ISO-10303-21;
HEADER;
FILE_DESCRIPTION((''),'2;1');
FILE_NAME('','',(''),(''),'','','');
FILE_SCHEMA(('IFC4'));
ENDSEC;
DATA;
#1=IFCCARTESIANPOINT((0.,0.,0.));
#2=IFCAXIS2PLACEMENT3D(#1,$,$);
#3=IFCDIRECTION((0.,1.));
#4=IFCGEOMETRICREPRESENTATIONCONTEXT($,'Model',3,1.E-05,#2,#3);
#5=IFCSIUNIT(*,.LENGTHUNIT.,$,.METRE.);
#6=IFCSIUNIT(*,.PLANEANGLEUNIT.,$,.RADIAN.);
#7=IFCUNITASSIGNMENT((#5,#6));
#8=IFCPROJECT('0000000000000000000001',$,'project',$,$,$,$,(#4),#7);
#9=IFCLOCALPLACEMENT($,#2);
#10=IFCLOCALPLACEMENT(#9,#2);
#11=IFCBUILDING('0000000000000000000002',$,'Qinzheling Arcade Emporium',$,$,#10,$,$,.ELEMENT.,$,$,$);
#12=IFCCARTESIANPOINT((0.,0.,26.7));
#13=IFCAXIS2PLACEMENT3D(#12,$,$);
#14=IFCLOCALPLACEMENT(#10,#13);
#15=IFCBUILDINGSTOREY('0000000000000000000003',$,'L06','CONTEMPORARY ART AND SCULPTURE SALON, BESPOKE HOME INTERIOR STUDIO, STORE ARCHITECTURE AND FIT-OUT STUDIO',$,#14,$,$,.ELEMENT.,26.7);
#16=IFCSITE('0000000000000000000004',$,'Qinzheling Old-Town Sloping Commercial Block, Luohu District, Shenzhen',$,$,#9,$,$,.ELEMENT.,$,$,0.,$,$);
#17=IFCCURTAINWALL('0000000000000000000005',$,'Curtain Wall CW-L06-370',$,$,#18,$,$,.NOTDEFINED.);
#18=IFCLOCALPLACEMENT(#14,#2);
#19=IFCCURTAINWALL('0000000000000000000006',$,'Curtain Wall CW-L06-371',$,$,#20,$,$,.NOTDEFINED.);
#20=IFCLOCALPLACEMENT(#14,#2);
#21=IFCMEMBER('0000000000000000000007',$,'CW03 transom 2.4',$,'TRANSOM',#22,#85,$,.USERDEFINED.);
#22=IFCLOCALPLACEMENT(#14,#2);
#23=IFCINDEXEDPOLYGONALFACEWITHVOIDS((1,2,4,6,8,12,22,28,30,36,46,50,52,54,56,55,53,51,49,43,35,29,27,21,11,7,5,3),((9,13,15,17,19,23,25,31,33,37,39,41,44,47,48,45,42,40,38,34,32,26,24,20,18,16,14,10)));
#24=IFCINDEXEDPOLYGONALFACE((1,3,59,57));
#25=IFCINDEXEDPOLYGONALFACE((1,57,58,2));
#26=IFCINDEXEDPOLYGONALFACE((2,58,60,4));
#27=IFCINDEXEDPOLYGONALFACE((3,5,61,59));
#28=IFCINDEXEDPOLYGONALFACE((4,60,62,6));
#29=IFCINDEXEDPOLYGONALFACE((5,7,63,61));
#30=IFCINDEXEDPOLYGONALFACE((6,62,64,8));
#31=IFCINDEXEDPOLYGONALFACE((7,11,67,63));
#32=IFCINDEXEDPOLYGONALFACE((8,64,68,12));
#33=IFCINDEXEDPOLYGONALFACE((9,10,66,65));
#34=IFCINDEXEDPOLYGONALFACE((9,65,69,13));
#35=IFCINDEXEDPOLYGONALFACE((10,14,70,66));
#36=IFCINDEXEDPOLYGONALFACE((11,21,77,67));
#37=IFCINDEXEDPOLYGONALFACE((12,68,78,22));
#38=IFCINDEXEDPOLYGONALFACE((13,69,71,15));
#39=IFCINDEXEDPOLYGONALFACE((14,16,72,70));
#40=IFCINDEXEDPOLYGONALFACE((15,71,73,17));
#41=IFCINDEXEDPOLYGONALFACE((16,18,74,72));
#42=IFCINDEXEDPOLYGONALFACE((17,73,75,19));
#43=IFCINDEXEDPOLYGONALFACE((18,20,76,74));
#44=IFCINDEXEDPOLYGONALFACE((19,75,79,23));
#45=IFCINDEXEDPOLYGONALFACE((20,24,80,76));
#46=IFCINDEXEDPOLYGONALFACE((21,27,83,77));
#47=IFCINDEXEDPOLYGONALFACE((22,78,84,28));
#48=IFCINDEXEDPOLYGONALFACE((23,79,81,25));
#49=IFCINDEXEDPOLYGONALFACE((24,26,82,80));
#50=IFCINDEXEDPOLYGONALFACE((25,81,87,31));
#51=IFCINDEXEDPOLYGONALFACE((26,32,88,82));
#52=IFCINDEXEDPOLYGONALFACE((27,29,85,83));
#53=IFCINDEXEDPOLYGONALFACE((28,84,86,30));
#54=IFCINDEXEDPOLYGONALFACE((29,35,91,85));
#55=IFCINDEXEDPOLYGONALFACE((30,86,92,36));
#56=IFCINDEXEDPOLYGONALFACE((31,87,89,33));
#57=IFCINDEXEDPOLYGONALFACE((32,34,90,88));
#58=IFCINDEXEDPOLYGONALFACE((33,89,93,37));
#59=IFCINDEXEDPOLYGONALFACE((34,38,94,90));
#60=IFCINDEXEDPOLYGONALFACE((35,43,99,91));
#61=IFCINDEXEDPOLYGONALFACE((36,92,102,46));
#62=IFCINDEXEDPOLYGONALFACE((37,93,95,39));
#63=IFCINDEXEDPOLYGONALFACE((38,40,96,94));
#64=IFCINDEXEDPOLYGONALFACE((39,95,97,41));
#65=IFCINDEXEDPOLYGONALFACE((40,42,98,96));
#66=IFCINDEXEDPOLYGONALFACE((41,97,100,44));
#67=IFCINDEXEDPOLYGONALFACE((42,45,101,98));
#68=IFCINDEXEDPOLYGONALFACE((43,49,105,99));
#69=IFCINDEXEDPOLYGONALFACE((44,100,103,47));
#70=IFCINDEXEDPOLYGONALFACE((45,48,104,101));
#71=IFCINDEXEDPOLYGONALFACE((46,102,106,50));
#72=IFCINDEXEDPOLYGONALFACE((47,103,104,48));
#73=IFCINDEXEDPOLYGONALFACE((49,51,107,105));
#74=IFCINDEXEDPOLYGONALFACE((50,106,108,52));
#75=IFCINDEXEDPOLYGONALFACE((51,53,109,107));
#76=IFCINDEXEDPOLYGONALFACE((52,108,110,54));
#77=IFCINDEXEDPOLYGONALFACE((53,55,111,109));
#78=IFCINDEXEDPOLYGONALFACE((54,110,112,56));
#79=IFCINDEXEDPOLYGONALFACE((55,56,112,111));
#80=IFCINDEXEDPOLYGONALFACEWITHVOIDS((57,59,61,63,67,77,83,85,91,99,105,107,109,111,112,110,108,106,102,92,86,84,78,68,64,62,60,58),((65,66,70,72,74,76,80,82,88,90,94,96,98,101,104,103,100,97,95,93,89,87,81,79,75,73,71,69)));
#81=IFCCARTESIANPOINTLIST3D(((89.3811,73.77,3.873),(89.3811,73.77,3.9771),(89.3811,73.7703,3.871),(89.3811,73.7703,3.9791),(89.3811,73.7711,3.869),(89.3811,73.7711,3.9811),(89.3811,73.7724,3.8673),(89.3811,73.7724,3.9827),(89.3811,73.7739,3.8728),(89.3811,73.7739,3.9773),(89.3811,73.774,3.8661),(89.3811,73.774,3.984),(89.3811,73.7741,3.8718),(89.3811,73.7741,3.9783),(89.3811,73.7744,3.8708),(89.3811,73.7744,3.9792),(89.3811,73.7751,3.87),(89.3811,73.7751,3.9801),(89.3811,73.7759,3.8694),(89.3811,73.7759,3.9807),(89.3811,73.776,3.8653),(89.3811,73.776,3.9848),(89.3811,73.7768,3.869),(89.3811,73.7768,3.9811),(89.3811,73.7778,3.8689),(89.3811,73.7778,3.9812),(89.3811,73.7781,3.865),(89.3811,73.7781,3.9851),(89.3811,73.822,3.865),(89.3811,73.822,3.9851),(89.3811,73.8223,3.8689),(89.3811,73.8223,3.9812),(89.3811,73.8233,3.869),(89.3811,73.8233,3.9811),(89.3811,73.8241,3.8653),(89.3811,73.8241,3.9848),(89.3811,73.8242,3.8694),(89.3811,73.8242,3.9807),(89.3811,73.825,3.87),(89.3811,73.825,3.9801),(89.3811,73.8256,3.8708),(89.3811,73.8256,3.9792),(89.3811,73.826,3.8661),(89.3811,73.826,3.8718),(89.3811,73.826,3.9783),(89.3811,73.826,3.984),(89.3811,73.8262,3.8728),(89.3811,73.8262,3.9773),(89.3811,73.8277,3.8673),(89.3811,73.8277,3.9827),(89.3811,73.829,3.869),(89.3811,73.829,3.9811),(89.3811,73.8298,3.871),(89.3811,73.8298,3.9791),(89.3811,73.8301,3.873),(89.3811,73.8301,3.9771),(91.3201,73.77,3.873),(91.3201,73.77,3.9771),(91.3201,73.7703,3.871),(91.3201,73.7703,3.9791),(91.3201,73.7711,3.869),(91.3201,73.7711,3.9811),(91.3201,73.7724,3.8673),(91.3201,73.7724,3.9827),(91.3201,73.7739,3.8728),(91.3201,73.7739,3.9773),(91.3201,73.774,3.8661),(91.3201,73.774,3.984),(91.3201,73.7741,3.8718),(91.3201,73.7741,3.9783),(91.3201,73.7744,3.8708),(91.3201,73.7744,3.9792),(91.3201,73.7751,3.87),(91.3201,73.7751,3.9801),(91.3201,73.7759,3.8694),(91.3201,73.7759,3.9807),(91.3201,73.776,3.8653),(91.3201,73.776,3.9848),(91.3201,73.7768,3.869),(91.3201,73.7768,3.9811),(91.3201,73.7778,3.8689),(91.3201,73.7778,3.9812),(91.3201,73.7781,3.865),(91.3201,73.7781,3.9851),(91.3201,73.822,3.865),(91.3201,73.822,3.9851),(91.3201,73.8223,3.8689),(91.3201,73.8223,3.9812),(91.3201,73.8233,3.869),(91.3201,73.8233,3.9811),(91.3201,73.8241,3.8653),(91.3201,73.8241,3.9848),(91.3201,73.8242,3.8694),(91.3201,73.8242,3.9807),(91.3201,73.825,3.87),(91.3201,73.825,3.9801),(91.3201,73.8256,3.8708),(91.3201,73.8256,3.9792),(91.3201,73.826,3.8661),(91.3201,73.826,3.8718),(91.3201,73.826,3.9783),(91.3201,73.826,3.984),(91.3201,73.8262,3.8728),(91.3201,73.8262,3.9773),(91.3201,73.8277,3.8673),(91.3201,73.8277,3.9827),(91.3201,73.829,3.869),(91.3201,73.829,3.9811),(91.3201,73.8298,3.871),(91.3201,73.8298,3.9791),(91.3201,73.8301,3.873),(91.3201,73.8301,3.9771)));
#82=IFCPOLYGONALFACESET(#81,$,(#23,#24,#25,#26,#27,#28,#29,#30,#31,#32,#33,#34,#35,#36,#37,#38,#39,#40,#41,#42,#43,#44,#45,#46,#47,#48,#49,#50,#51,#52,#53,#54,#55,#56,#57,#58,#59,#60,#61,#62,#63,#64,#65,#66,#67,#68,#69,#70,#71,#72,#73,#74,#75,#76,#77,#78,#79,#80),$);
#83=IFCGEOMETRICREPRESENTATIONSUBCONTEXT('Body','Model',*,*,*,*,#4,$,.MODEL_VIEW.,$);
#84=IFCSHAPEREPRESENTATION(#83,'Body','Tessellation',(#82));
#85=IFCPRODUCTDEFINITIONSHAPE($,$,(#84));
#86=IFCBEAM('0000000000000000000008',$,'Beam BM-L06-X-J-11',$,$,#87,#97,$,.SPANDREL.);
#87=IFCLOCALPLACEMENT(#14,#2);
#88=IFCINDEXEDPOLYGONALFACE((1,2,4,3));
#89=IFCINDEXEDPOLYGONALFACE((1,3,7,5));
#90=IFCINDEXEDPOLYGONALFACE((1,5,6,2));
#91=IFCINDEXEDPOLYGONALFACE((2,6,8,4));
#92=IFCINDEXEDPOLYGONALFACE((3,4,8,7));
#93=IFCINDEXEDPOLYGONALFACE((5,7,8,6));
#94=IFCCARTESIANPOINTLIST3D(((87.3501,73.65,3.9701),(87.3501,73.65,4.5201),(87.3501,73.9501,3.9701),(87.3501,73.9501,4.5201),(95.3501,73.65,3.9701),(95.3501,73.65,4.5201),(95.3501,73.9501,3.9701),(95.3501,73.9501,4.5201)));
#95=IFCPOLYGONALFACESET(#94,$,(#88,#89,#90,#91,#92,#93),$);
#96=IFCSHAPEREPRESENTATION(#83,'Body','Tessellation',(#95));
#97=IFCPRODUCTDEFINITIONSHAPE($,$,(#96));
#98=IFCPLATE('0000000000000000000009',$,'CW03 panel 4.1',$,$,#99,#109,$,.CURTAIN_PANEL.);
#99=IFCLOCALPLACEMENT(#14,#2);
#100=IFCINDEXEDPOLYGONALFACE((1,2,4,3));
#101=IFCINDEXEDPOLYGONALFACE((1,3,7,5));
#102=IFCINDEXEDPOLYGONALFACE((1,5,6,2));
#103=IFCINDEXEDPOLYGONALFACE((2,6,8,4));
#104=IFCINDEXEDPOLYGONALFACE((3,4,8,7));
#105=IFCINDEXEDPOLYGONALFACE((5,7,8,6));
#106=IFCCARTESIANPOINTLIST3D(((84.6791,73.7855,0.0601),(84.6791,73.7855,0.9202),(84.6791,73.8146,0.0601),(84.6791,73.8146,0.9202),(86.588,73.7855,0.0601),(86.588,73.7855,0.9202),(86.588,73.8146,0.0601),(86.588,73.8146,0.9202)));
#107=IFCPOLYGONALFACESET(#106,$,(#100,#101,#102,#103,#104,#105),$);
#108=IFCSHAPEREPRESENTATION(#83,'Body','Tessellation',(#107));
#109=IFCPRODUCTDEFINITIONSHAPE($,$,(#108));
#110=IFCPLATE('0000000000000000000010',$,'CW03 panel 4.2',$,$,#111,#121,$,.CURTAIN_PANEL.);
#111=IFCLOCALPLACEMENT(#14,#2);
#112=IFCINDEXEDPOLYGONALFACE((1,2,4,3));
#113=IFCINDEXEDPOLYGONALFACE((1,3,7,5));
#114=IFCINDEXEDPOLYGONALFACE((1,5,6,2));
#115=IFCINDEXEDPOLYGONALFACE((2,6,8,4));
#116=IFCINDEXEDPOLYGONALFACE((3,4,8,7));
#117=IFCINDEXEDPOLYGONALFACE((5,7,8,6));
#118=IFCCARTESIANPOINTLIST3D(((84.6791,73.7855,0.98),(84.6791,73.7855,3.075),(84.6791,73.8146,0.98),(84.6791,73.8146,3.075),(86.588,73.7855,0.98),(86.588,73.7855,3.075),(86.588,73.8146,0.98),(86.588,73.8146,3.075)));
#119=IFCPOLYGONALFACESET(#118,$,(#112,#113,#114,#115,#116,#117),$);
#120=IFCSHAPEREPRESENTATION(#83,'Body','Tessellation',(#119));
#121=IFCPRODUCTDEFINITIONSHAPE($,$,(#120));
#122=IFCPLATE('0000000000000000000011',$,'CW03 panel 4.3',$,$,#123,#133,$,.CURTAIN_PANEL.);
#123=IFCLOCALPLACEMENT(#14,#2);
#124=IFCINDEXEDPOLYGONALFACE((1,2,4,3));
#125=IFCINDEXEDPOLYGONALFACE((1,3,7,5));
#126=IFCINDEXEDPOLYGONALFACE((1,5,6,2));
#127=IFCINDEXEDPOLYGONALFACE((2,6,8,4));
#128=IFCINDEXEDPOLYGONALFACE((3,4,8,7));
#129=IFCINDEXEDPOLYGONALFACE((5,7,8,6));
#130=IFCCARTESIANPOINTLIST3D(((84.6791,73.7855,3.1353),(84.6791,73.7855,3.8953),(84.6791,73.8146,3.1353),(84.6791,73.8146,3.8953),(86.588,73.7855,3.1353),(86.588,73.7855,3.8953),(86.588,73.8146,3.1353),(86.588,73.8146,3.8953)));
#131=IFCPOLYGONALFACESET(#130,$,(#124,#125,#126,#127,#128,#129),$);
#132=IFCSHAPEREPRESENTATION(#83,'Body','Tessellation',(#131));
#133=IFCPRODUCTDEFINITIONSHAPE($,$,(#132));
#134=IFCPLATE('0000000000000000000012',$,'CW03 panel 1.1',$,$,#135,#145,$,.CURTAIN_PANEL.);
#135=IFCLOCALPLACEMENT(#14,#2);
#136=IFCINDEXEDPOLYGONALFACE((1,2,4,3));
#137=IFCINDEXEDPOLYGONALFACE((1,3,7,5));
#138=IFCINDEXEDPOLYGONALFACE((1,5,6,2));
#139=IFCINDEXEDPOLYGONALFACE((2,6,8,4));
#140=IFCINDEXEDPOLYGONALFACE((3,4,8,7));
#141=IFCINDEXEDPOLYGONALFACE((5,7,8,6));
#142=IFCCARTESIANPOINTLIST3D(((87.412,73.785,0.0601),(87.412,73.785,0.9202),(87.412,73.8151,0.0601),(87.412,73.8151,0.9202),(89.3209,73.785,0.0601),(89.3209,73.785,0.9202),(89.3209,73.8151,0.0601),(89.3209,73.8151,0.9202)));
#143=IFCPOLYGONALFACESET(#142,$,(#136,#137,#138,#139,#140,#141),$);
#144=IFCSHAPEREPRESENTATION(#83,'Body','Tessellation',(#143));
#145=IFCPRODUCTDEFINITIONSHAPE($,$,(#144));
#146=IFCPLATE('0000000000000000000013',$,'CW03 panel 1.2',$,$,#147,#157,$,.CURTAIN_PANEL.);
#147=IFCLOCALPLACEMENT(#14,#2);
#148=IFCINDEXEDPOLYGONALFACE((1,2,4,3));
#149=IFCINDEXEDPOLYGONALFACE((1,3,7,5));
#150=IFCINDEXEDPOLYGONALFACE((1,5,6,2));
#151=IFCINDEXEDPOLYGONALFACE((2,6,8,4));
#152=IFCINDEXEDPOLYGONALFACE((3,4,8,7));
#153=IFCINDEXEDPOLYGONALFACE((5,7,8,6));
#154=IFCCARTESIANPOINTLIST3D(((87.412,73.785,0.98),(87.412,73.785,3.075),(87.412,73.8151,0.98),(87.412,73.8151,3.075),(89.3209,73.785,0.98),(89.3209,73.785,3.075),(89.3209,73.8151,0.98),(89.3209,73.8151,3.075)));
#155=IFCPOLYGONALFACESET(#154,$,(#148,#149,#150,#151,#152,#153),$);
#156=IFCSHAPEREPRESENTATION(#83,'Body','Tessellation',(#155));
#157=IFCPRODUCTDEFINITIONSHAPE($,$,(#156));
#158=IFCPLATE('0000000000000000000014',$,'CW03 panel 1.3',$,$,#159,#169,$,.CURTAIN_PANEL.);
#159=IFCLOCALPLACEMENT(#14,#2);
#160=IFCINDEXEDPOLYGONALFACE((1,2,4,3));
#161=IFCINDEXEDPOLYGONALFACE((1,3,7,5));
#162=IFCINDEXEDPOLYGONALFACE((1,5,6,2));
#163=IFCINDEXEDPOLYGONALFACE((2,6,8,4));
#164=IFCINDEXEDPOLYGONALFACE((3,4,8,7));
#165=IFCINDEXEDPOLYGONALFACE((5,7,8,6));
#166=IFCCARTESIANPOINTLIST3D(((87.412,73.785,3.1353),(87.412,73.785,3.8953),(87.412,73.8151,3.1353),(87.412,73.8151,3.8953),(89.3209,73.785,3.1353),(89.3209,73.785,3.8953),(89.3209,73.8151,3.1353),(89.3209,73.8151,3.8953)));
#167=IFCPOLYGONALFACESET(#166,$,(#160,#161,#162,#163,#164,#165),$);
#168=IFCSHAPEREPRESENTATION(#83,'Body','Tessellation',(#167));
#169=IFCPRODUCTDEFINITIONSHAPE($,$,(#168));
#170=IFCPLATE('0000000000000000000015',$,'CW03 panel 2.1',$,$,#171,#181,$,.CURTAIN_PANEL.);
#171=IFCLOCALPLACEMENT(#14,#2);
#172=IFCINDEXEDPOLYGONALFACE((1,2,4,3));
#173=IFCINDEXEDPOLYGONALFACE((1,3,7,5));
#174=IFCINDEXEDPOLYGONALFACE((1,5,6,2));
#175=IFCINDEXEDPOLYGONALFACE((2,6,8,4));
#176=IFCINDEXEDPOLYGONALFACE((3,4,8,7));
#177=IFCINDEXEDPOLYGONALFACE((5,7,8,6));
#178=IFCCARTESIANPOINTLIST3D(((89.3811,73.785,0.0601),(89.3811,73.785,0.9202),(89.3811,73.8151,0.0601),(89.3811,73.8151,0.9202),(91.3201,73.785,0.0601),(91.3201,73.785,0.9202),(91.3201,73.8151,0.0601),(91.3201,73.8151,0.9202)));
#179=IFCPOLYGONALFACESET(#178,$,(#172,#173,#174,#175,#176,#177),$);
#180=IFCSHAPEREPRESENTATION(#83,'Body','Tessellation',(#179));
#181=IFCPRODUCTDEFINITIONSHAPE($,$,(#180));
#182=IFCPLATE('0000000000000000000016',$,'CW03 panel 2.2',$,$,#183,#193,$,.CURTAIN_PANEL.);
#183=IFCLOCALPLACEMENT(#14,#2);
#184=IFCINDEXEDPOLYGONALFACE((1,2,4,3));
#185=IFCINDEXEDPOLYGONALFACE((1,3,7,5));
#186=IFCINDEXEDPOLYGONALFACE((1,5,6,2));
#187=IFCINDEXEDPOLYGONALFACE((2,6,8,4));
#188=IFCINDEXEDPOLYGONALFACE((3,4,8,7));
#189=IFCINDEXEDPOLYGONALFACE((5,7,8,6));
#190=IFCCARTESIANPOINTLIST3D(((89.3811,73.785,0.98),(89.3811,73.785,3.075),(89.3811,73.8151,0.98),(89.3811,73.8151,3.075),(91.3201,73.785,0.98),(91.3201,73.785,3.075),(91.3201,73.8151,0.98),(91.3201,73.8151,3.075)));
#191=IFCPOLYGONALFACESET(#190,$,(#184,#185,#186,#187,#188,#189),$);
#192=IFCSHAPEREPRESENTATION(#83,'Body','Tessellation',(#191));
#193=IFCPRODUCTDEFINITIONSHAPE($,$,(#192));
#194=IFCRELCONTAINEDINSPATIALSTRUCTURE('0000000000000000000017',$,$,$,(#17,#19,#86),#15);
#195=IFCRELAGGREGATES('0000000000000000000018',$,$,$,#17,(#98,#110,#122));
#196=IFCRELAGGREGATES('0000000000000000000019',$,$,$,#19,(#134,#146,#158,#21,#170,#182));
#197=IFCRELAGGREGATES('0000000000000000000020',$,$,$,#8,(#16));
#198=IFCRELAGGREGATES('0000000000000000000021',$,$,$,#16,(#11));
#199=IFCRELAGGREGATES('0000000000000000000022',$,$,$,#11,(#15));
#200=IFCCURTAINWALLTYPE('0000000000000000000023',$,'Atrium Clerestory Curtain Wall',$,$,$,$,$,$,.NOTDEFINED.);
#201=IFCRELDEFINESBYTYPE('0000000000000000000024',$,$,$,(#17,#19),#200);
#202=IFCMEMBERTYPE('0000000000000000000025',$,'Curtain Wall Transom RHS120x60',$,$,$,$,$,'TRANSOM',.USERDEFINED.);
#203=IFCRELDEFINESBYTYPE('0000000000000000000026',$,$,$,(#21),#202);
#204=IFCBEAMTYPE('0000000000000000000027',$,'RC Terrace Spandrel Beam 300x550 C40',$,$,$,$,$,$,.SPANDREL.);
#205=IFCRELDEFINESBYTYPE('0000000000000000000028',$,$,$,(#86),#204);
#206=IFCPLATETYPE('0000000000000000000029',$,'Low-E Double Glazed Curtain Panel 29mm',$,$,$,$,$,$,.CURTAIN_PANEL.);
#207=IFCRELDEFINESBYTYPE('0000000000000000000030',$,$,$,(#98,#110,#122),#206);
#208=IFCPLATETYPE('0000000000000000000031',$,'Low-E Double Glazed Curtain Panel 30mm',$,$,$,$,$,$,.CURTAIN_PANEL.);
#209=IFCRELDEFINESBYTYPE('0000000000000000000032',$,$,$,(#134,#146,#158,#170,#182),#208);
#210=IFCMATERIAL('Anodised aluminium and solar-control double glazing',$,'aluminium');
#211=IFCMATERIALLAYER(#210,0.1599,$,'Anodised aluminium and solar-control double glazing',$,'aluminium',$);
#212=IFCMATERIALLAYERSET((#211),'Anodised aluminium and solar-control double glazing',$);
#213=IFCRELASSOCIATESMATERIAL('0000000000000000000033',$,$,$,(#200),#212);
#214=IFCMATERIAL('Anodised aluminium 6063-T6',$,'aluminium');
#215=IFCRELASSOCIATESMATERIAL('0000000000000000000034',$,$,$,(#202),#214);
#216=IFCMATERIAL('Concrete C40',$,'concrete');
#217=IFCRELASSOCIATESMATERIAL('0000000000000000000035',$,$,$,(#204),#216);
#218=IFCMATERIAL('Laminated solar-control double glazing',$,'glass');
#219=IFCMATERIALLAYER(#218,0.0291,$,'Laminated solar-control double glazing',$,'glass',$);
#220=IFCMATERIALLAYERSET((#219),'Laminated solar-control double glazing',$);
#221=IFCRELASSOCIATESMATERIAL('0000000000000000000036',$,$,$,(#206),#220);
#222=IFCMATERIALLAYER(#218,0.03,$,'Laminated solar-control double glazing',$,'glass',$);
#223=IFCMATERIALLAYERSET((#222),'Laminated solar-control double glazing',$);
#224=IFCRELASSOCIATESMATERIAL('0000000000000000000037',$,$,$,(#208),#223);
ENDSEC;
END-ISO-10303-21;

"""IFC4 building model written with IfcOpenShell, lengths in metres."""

from ifc_helpers import new_model, si_unit, direction, frame, origin, origin_2d, place, context, subcontext, project, spatial, rectangle, hollow_rectangle, extrude, material, layer, layer_set, material_profile, profile_set, type_object, element, aggregate, save


model = new_model("IFC4")

# Units and contexts
model_context = context("Model", 3, precision=1e-05, world=origin(), true_north=direction((0.0, 1.0)))
body_context = subcontext(model_context, "Body", "Model", "MODEL_VIEW")
ifc_project = project(units=[si_unit("LENGTHUNIT", "METRE"), si_unit("PLANEANGLEUNIT", "RADIAN")], contexts=[model_context])

# Site, building, storey
site_placement = place(None, origin())
site = spatial("IfcSite", under=ifc_project, at=site_placement, Name="Qinzheling Old-Town Sloping Commercial Block, Luohu District, Shenzhen", CompositionType="ELEMENT", RefElevation=0.0)
building_placement = place(site_placement, origin())
building = spatial("IfcBuilding", under=site, at=building_placement, Name="Qinzheling Arcade Emporium", CompositionType="ELEMENT")
storey_placement = place(building_placement, frame((0.0, 0.0, 26.7)))
storey = spatial("IfcBuildingStorey", under=building, at=storey_placement, Name="L06", Description="CONTEMPORARY ART AND SCULPTURE SALON, BESPOKE HOME INTERIOR STUDIO, STORE ARCHITECTURE AND FIT-OUT STUDIO", CompositionType="ELEMENT", Elevation=26.7)

# Shared definitions
ifc_material_1 = material(Name="Concrete C40", Category="concrete")

# Curtain wall
ifc_material_2 = material(Name="Anodised aluminium and solar-control double glazing", Category="aluminium")
ifc_layer_1 = layer(ifc_material_2, 0.1599, Name="Anodised aluminium and solar-control double glazing", Category="aluminium")
ifc_layer_set_1 = layer_set([ifc_layer_1], Name="Anodised aluminium and solar-control double glazing")
curtain_wall_type = type_object("IfcCurtainWallType", Name="Atrium Clerestory Curtain Wall", PredefinedType="NOTDEFINED", material=ifc_layer_set_1)
curtain_wall_1_placement = place(storey_placement, origin())
curtain_wall_1 = element("IfcCurtainWall", 1, at=curtain_wall_1_placement, inside=storey, type_object=curtain_wall_type, Name="Curtain Wall CW-L06-370", PredefinedType="NOTDEFINED")
ifc_material_3 = material(Name="Anodised aluminium 6063-T6", Category="aluminium")

# Curtain wall
curtain_wall_2_placement = place(storey_placement, origin())
curtain_wall_2 = element("IfcCurtainWall", 2, at=curtain_wall_2_placement, inside=storey, type_object=curtain_wall_type, Name="Curtain Wall CW-L06-371", PredefinedType="NOTDEFINED")

# Member
ifc_material_profile_1 = material_profile(ifc_material_3, hollow_rectangle(XDim=0.0601, YDim=0.1201, WallThickness=0.0039, InnerFilletRadius=0.0039, OuterFilletRadius=0.0081, at=origin_2d()), Name="RHS 120x60x4", Category="aluminium")
ifc_profile_set_1 = profile_set([ifc_material_profile_1], Name="Anodised aluminium 6063-T6")
member_type_1 = type_object("IfcMemberType", Name="Curtain Wall Transom RHS120x60", ElementType="TRANSOM", PredefinedType="USERDEFINED", material=ifc_profile_set_1)
member_1_placement = place(storey_placement, frame((89.3811, 73.8, 3.925), z_axis=(1.0, 0.0, 0.0), x_axis=(0.0, 1.0, 0.0)))
member_1 = element("IfcMember", 3, at=member_1_placement, type_object=member_type_1, Name="CW03 transom 2.4", ObjectType="TRANSOM", PredefinedType="USERDEFINED", context=body_context, shape_type="SweptSolid", body=[
    extrude(hollow_rectangle(XDim=0.0601, YDim=0.1201, WallThickness=0.0039, InnerFilletRadius=0.0039, OuterFilletRadius=0.0081, at=origin_2d()), origin(), (0.0, 0.0, 1.0), 1.939),
])

# Beam
ifc_material_profile_2 = material_profile(ifc_material_1, rectangle(XDim=0.3, YDim=0.55, at=origin_2d()), Name="RC 300x550", Category="concrete")
ifc_profile_set_2 = profile_set([ifc_material_profile_2], Name="Concrete C40")
beam_type = type_object("IfcBeamType", Name="RC Terrace Spandrel Beam 300x550 C40", PredefinedType="SPANDREL", material=ifc_profile_set_2)
beam_placement = place(storey_placement, frame((87.3501, 73.8, 4.2451), z_axis=(1.0, 0.0, 0.0), x_axis=(0.0, 1.0, 0.0)))
element("IfcBeam", 4, at=beam_placement, inside=storey, type_object=beam_type, Name="Beam BM-L06-X-J-11", PredefinedType="SPANDREL", context=body_context, shape_type="SweptSolid", body=[
    extrude(rectangle(XDim=0.3, YDim=0.55, at=origin_2d()), origin(), (0.0, 0.0, 1.0), 8.0),
])

# Plates
ifc_material_4 = material(Name="Laminated solar-control double glazing", Category="glass")
ifc_layer_2 = layer(ifc_material_4, 0.0291, Name="Laminated solar-control double glazing", Category="glass")
ifc_layer_set_2 = layer_set([ifc_layer_2], Name="Laminated solar-control double glazing")
plate_type_1 = type_object("IfcPlateType", Name="Low-E Double Glazed Curtain Panel 29mm", PredefinedType="CURTAIN_PANEL", material=ifc_layer_set_2)
plate_1_placement = place(storey_placement, frame((85.6335, 73.8, 0.0601), z_axis=(0.0, 0.0, 1.0), x_axis=(1.0, 0.0, 0.0)))
plate_1 = element("IfcPlate", 5, at=plate_1_placement, type_object=plate_type_1, Name="CW03 panel 4.1", PredefinedType="CURTAIN_PANEL", context=body_context, shape_type="SweptSolid", body=[
    extrude(rectangle(XDim=1.9089, YDim=0.0291, at=origin_2d()), origin(), (0.0, 0.0, 1.0), 0.8601),
])
plate_2_placement = place(storey_placement, frame((85.6335, 73.8, 0.98), z_axis=(0.0, 0.0, 1.0), x_axis=(1.0, 0.0, 0.0)))
plate_2 = element("IfcPlate", 6, at=plate_2_placement, type_object=plate_type_1, Name="CW03 panel 4.2", PredefinedType="CURTAIN_PANEL", context=body_context, shape_type="SweptSolid", body=[
    extrude(rectangle(XDim=1.9089, YDim=0.0291, at=origin_2d()), origin(), (0.0, 0.0, 1.0), 2.095),
])
plate_3_placement = place(storey_placement, frame((85.6335, 73.8, 3.1353), z_axis=(0.0, 0.0, 1.0), x_axis=(1.0, 0.0, 0.0)))
plate_3 = element("IfcPlate", 7, at=plate_3_placement, type_object=plate_type_1, Name="CW03 panel 4.3", PredefinedType="CURTAIN_PANEL", context=body_context, shape_type="SweptSolid", body=[
    extrude(rectangle(XDim=1.9089, YDim=0.0291, at=origin_2d()), origin(), (0.0, 0.0, 1.0), 0.76),
])
aggregate(curtain_wall_1, [plate_1, plate_2, plate_3])
ifc_layer_3 = layer(ifc_material_4, 0.03, Name="Laminated solar-control double glazing", Category="glass")
ifc_layer_set_3 = layer_set([ifc_layer_3], Name="Laminated solar-control double glazing")
plate_type_2 = type_object("IfcPlateType", Name="Low-E Double Glazed Curtain Panel 30mm", PredefinedType="CURTAIN_PANEL", material=ifc_layer_set_3)
plate_4_placement = place(storey_placement, frame((88.3665, 73.8, 0.0601), z_axis=(0.0, 0.0, 1.0), x_axis=(1.0, 0.0, 0.0)))
plate_4 = element("IfcPlate", 8, at=plate_4_placement, type_object=plate_type_2, Name="CW03 panel 1.1", PredefinedType="CURTAIN_PANEL", context=body_context, shape_type="SweptSolid", body=[
    extrude(rectangle(XDim=1.9089, YDim=0.03, at=origin_2d()), origin(), (0.0, 0.0, 1.0), 0.8601),
])
plate_5_placement = place(storey_placement, frame((88.3665, 73.8, 0.98), z_axis=(0.0, 0.0, 1.0), x_axis=(1.0, 0.0, 0.0)))
plate_5 = element("IfcPlate", 9, at=plate_5_placement, type_object=plate_type_2, Name="CW03 panel 1.2", PredefinedType="CURTAIN_PANEL", context=body_context, shape_type="SweptSolid", body=[
    extrude(rectangle(XDim=1.9089, YDim=0.03, at=origin_2d()), origin(), (0.0, 0.0, 1.0), 2.095),
])
plate_6_placement = place(storey_placement, frame((88.3665, 73.8, 3.1353), z_axis=(0.0, 0.0, 1.0), x_axis=(1.0, 0.0, 0.0)))
plate_6 = element("IfcPlate", 10, at=plate_6_placement, type_object=plate_type_2, Name="CW03 panel 1.3", PredefinedType="CURTAIN_PANEL", context=body_context, shape_type="SweptSolid", body=[
    extrude(rectangle(XDim=1.9089, YDim=0.03, at=origin_2d()), origin(), (0.0, 0.0, 1.0), 0.76),
])
plate_7_placement = place(storey_placement, frame((90.3506, 73.8, 0.0601), z_axis=(0.0, 0.0, 1.0), x_axis=(1.0, 0.0, 0.0)))
plate_7 = element("IfcPlate", 11, at=plate_7_placement, type_object=plate_type_2, Name="CW03 panel 2.1", PredefinedType="CURTAIN_PANEL", context=body_context, shape_type="SweptSolid", body=[
    extrude(rectangle(XDim=1.939, YDim=0.03, at=origin_2d()), origin(), (0.0, 0.0, 1.0), 0.8601),
])
plate_8_placement = place(storey_placement, frame((90.3506, 73.8, 0.98), z_axis=(0.0, 0.0, 1.0), x_axis=(1.0, 0.0, 0.0)))
plate_8 = element("IfcPlate", 12, at=plate_8_placement, type_object=plate_type_2, Name="CW03 panel 2.2", PredefinedType="CURTAIN_PANEL", context=body_context, shape_type="SweptSolid", body=[
    extrude(rectangle(XDim=1.939, YDim=0.03, at=origin_2d()), origin(), (0.0, 0.0, 1.0), 2.095),
])
aggregate(curtain_wall_2, [plate_4, plate_5, plate_6, member_1, plate_7, plate_8])

save(model, "model.ifc")
